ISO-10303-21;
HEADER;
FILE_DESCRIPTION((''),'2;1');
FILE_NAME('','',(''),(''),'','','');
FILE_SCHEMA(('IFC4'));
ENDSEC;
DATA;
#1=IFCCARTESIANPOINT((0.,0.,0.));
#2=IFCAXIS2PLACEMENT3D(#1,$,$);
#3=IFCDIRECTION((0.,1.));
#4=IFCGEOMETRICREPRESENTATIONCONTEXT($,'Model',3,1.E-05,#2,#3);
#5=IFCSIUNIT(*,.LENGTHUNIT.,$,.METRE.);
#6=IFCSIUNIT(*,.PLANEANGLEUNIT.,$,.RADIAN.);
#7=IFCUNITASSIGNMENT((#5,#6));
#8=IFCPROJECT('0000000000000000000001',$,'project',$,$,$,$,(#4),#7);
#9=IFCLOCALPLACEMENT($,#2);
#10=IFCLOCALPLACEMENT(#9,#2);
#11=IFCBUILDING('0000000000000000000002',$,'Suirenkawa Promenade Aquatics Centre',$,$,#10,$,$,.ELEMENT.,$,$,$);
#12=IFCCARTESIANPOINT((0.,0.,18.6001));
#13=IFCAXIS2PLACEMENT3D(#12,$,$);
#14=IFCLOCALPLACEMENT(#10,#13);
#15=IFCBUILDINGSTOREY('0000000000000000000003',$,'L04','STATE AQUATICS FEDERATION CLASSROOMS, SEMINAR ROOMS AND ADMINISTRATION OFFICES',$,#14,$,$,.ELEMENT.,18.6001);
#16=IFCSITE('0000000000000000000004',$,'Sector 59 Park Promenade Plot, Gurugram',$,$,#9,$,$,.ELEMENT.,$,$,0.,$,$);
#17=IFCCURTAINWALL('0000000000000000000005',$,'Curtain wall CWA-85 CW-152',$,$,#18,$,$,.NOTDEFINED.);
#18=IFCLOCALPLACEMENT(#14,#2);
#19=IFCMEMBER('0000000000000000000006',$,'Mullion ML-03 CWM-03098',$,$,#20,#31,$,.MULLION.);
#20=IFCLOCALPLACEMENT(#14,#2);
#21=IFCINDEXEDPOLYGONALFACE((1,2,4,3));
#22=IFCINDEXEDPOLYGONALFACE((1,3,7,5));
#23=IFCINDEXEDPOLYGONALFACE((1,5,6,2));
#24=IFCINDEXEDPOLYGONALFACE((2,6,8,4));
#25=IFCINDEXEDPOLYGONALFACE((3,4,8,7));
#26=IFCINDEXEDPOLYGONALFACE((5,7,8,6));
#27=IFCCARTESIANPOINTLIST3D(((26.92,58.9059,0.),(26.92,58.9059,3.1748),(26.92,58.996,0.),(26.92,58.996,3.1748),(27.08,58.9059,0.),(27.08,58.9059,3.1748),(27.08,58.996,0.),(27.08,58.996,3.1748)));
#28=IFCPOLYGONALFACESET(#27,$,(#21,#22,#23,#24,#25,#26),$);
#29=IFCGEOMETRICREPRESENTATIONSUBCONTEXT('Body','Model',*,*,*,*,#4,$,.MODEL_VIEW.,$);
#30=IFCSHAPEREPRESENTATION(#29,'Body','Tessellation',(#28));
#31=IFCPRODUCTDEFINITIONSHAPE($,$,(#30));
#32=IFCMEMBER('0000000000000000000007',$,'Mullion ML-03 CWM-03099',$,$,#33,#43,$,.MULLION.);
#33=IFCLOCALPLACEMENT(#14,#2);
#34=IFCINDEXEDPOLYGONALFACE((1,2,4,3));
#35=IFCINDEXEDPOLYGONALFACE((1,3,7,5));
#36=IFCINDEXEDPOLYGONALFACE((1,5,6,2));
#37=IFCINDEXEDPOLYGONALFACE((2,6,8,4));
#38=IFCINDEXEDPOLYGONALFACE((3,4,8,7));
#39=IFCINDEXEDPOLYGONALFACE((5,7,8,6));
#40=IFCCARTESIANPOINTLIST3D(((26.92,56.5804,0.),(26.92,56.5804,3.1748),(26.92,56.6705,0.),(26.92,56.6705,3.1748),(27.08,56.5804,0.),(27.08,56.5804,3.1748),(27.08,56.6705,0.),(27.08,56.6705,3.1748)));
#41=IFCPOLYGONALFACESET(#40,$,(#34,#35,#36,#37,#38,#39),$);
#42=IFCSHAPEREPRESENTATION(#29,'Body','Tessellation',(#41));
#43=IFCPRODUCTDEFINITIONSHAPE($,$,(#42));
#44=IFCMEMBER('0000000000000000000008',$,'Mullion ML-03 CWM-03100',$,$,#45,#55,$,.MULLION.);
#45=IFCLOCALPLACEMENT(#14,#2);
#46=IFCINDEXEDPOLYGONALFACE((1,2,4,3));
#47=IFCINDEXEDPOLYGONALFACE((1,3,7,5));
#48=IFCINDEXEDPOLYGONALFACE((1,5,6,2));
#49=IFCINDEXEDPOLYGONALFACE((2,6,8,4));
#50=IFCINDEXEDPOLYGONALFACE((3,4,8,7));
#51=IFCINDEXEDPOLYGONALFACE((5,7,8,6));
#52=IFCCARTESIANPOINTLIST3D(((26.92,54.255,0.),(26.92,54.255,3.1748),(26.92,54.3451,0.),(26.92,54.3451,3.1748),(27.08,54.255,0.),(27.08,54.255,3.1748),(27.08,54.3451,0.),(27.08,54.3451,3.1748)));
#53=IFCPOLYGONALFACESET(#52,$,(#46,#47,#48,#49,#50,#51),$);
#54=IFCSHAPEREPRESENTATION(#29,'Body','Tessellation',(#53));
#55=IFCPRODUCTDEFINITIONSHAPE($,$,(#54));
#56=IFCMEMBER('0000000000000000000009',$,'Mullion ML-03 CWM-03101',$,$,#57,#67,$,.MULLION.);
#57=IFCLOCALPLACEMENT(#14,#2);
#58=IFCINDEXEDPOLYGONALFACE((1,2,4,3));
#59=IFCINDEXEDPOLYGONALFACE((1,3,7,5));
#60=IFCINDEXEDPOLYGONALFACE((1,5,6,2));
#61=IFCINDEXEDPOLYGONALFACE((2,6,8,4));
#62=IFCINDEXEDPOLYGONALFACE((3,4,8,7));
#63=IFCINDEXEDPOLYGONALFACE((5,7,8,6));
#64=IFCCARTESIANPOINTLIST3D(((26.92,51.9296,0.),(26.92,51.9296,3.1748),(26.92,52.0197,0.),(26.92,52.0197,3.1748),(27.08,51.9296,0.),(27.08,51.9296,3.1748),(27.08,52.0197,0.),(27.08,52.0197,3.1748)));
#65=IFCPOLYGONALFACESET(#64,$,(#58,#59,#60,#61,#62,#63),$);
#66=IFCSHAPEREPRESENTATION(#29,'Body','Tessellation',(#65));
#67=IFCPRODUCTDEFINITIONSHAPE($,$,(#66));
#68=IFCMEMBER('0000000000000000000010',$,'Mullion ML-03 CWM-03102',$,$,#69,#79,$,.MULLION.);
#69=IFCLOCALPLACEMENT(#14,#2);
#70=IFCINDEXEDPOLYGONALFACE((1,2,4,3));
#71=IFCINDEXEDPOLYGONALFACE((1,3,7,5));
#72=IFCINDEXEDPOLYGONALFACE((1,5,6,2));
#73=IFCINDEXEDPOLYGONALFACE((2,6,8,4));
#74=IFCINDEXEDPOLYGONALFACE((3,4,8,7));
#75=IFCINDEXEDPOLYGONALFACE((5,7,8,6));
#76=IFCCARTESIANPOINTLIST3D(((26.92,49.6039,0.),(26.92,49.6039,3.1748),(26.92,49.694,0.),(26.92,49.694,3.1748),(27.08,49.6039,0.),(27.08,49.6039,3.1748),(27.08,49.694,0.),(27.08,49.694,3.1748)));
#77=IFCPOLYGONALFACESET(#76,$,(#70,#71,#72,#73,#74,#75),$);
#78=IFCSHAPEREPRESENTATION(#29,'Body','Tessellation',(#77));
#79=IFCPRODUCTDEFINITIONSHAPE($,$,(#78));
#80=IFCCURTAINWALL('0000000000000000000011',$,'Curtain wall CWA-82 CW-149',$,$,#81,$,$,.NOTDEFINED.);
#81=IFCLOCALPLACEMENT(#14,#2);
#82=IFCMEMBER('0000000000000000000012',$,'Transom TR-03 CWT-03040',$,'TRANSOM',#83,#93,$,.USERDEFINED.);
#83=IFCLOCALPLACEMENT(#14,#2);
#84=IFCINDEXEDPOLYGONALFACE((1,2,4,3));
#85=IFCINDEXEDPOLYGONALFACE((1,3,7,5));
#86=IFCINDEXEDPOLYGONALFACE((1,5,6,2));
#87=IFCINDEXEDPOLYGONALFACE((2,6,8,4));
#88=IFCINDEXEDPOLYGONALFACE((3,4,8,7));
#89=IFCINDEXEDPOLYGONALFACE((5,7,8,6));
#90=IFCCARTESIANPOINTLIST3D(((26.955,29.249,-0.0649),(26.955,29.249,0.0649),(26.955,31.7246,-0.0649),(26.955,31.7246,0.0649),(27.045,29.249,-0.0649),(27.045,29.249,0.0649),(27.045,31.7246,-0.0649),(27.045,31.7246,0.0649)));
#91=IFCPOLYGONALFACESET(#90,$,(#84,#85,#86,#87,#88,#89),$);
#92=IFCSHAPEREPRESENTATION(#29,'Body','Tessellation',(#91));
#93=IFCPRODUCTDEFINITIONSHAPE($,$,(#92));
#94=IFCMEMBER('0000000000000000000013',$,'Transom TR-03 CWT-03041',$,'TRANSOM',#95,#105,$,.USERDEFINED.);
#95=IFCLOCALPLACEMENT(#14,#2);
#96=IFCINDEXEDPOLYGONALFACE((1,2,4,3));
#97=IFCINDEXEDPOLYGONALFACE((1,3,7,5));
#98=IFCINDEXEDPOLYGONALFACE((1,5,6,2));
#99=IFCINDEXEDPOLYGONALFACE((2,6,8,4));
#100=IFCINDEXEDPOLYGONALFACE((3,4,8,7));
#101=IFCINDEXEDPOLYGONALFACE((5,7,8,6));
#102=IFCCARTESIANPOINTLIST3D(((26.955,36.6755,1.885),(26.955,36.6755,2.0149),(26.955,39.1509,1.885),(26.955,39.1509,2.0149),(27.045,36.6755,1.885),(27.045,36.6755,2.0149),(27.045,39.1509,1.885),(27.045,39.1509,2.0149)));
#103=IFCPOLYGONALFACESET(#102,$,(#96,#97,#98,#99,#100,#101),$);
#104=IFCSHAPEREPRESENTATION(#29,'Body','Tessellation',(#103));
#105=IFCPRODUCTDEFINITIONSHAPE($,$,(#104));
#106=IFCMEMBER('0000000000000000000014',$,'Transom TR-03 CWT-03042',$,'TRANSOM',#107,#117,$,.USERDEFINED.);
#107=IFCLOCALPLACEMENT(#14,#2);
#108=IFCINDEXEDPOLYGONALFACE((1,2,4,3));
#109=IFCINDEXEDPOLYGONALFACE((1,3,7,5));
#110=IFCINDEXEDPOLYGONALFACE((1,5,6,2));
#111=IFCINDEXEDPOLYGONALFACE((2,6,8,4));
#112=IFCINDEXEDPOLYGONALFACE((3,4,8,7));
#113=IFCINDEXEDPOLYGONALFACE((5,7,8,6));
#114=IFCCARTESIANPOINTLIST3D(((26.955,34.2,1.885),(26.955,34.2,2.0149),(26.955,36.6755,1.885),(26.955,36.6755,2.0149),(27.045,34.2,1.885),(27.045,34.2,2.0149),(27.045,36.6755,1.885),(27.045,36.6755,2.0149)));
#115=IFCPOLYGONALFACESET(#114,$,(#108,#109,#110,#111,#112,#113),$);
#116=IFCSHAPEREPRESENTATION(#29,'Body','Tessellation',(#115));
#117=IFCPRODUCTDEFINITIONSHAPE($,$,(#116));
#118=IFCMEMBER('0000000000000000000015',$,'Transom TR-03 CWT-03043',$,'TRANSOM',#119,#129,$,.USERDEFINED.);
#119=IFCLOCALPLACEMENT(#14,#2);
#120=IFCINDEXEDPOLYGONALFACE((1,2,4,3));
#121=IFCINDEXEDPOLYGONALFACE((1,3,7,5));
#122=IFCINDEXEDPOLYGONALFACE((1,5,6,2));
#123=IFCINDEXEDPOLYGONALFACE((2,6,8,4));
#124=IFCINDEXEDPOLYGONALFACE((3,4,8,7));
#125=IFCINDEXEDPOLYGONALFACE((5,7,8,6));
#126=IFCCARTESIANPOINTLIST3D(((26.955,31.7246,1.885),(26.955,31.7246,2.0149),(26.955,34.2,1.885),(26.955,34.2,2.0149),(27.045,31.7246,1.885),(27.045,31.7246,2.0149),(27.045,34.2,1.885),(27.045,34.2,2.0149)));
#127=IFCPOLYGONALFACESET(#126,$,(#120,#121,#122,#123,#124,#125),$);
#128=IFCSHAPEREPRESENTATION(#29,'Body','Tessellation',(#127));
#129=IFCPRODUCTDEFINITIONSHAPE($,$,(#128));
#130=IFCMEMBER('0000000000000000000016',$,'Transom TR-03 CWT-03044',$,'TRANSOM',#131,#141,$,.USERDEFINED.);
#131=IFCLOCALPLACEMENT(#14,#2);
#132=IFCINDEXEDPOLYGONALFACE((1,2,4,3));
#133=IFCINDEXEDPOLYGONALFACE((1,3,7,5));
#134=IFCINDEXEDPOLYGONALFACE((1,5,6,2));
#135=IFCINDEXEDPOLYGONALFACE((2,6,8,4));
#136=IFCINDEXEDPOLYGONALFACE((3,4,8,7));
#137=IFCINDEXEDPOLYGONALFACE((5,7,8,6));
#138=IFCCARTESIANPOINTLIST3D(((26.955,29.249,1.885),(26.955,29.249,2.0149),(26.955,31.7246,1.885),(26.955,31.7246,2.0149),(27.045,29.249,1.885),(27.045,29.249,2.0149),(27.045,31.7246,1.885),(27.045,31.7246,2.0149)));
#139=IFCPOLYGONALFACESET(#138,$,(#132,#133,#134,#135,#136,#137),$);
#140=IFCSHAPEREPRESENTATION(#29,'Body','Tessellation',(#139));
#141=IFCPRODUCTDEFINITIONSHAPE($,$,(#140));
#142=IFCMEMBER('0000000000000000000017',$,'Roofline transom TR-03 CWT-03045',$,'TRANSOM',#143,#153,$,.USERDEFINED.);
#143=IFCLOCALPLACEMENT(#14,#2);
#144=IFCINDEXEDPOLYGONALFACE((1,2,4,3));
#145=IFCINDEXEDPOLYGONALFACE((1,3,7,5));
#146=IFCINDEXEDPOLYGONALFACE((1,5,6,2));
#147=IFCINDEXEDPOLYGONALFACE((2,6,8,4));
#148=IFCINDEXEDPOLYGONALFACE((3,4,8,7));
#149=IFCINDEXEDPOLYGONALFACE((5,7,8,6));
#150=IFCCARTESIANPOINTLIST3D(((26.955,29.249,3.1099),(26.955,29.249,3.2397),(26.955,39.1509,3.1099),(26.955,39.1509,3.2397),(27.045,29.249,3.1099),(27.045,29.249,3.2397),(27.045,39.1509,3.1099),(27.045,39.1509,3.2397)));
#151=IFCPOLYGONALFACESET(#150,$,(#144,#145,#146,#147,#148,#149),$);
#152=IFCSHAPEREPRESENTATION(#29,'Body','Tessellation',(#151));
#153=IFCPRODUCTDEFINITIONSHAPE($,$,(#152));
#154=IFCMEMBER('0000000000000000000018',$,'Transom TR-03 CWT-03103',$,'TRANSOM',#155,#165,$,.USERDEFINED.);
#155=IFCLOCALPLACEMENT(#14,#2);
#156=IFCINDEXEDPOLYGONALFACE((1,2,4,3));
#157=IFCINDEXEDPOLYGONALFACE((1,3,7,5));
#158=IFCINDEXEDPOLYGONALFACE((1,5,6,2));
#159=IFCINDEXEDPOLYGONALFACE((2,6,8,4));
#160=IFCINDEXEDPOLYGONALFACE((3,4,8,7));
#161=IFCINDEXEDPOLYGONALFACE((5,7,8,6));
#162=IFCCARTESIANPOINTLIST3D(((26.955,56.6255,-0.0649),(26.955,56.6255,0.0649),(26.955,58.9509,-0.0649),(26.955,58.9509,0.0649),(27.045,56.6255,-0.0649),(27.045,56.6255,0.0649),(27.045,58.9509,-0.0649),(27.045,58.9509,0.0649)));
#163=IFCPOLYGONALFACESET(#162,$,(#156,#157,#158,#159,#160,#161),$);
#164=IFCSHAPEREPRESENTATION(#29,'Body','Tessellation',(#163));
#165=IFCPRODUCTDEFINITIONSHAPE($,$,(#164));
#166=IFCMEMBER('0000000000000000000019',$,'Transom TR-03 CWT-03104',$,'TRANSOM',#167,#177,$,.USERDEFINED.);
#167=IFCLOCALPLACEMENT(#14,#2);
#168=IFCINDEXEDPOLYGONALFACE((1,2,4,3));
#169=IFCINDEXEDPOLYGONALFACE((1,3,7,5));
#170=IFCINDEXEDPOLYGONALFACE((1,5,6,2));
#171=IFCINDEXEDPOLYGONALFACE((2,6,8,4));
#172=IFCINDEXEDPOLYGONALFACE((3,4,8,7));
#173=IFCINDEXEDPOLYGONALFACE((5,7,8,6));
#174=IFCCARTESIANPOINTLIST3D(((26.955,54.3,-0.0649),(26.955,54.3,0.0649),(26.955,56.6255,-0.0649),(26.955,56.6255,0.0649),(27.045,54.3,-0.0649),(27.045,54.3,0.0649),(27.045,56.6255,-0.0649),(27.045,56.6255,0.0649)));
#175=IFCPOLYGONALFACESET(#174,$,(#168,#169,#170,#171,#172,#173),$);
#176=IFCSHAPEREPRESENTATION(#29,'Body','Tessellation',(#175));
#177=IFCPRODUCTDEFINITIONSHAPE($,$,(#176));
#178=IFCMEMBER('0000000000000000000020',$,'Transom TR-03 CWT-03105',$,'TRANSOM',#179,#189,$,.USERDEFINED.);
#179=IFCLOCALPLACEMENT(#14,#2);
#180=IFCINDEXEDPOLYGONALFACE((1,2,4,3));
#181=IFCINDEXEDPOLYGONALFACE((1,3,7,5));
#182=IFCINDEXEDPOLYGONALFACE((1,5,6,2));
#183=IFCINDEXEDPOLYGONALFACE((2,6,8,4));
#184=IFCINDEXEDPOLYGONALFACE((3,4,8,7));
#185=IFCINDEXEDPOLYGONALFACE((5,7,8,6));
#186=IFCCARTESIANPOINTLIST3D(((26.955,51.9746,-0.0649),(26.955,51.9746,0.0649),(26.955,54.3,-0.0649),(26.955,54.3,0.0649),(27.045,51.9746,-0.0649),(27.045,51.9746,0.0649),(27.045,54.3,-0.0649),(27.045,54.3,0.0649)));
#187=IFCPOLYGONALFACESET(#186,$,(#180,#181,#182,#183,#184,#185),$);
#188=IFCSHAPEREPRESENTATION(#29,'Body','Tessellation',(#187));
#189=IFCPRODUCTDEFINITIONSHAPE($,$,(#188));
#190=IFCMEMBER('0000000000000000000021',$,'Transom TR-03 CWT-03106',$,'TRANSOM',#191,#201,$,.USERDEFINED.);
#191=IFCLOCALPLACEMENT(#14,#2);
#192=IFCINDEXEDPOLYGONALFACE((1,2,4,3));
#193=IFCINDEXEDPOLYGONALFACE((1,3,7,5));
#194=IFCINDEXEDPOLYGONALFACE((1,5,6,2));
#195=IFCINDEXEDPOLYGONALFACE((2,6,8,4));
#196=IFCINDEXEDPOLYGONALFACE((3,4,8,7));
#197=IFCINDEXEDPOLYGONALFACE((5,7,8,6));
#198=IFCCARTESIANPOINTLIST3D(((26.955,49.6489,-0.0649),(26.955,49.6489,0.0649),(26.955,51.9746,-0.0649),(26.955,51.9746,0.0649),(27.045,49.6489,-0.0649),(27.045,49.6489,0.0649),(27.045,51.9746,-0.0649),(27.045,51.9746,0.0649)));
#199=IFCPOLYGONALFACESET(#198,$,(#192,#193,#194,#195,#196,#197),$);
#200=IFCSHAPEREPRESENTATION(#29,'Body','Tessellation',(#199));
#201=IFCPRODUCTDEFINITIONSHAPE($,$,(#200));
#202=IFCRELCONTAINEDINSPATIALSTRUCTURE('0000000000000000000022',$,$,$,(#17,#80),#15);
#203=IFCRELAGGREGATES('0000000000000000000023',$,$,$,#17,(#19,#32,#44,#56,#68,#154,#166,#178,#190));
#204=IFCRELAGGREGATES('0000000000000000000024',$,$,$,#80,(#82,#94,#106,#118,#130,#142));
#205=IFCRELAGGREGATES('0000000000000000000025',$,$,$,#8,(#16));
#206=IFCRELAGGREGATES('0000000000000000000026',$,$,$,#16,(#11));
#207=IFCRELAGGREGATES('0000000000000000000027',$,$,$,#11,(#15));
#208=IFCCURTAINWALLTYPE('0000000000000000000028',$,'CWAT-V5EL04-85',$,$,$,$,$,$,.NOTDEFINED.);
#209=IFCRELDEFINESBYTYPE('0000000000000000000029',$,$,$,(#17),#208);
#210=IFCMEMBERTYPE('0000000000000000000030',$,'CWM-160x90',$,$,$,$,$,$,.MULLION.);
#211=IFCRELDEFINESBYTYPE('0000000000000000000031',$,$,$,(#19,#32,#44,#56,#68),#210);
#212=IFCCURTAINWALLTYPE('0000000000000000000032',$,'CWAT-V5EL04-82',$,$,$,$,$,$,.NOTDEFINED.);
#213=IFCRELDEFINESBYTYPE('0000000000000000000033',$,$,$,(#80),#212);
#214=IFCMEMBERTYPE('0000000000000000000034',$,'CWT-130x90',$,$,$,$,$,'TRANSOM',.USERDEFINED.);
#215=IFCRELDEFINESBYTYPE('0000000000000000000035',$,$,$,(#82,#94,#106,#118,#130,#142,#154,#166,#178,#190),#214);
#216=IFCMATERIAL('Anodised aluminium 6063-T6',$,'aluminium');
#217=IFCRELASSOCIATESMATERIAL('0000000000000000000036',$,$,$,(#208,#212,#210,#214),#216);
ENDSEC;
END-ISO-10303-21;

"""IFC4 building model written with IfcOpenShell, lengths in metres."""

from ifc_helpers import new_model, si_unit, direction, frame, origin, origin_2d, place, context, subcontext, project, spatial, rectangle, extrude, material, material_profile, profile_set, type_object, element, aggregate, save


model = new_model("IFC4")

# Units and contexts
model_context = context("Model", 3, precision=1e-05, world=origin(), true_north=direction((0.0, 1.0)))
body_context = subcontext(model_context, "Body", "Model", "MODEL_VIEW")
ifc_project = project(units=[si_unit("LENGTHUNIT", "METRE"), si_unit("PLANEANGLEUNIT", "RADIAN")], contexts=[model_context])

# Site, building, storey
site_placement = place(None, origin())
site = spatial("IfcSite", under=ifc_project, at=site_placement, Name="Sector 59 Park Promenade Plot, Gurugram", CompositionType="ELEMENT", RefElevation=0.0)
building_placement = place(site_placement, origin())
building = spatial("IfcBuilding", under=site, at=building_placement, Name="Suirenkawa Promenade Aquatics Centre", CompositionType="ELEMENT")
storey_placement = place(building_placement, frame((0.0, 0.0, 18.6001)))
storey = spatial("IfcBuildingStorey", under=building, at=storey_placement, Name="L04", Description="STATE AQUATICS FEDERATION CLASSROOMS, SEMINAR ROOMS AND ADMINISTRATION OFFICES", CompositionType="ELEMENT", Elevation=18.6001)

# Curtain walls, members
ifc_material_1 = material(Name="Anodised aluminium 6063-T6", Category="aluminium")
curtain_wall_type_1 = type_object("IfcCurtainWallType", Name="CWAT-V5EL04-85", PredefinedType="NOTDEFINED", material=ifc_material_1)
curtain_wall_1_placement = place(storey_placement, origin())
curtain_wall_1 = element("IfcCurtainWall", 1, at=curtain_wall_1_placement, inside=storey, type_object=curtain_wall_type_1, Name="Curtain wall CWA-85 CW-152", PredefinedType="NOTDEFINED")
ifc_material_profile_1 = material_profile(ifc_material_1, rectangle(XDim=0.0901, YDim=0.1599, at=origin_2d()), Name="ALU MULL 90x160", Category="aluminium")
ifc_profile_set_1 = profile_set([ifc_material_profile_1], Name="Anodised aluminium 6063-T6")
member_type_1 = type_object("IfcMemberType", Name="CWM-160x90", PredefinedType="MULLION", material=ifc_profile_set_1)
member_1_placement = place(storey_placement, frame((27.0, 58.9509, 0.0), z_axis=(0.0, 0.0, 1.0), x_axis=(0.0, -1.0, 0.0)))
member_1 = element("IfcMember", 2, at=member_1_placement, type_object=member_type_1, Name="Mullion ML-03 CWM-03098", PredefinedType="MULLION", context=body_context, shape_type="SweptSolid", body=[
    extrude(rectangle(XDim=0.0901, YDim=0.1599, at=origin_2d()), origin(), (0.0, 0.0, 1.0), 3.1748),
])
member_2_placement = place(storey_placement, frame((27.0, 56.6255, 0.0), z_axis=(0.0, 0.0, 1.0), x_axis=(0.0, -1.0, 0.0)))
member_2 = element("IfcMember", 3, at=member_2_placement, type_object=member_type_1, Name="Mullion ML-03 CWM-03099", PredefinedType="MULLION", context=body_context, shape_type="SweptSolid", body=[
    extrude(rectangle(XDim=0.0901, YDim=0.1599, at=origin_2d()), origin(), (0.0, 0.0, 1.0), 3.1748),
])
member_3_placement = place(storey_placement, frame((27.0, 54.3, 0.0), z_axis=(0.0, 0.0, 1.0), x_axis=(0.0, -1.0, 0.0)))
member_3 = element("IfcMember", 4, at=member_3_placement, type_object=member_type_1, Name="Mullion ML-03 CWM-03100", PredefinedType="MULLION", context=body_context, shape_type="SweptSolid", body=[
    extrude(rectangle(XDim=0.0901, YDim=0.1599, at=origin_2d()), origin(), (0.0, 0.0, 1.0), 3.1748),
])
member_4_placement = place(storey_placement, frame((27.0, 51.9746, 0.0), z_axis=(0.0, 0.0, 1.0), x_axis=(0.0, -1.0, 0.0)))
member_4 = element("IfcMember", 5, at=member_4_placement, type_object=member_type_1, Name="Mullion ML-03 CWM-03101", PredefinedType="MULLION", context=body_context, shape_type="SweptSolid", body=[
    extrude(rectangle(XDim=0.0901, YDim=0.1599, at=origin_2d()), origin(), (0.0, 0.0, 1.0), 3.1748),
])
member_5_placement = place(storey_placement, frame((27.0, 49.6489, 0.0), z_axis=(0.0, 0.0, 1.0), x_axis=(0.0, -1.0, 0.0)))
member_5 = element("IfcMember", 6, at=member_5_placement, type_object=member_type_1, Name="Mullion ML-03 CWM-03102", PredefinedType="MULLION", context=body_context, shape_type="SweptSolid", body=[
    extrude(rectangle(XDim=0.0901, YDim=0.1599, at=origin_2d()), origin(), (0.0, 0.0, 1.0), 3.1748),
])
curtain_wall_type_2 = type_object("IfcCurtainWallType", Name="CWAT-V5EL04-82", PredefinedType="NOTDEFINED", material=ifc_material_1)
curtain_wall_2_placement = place(storey_placement, origin())
curtain_wall_2 = element("IfcCurtainWall", 7, at=curtain_wall_2_placement, inside=storey, type_object=curtain_wall_type_2, Name="Curtain wall CWA-82 CW-149", PredefinedType="NOTDEFINED")
ifc_material_profile_2 = material_profile(ifc_material_1, rectangle(XDim=0.0901, YDim=0.1299, at=origin_2d()), Name="ALU TRAN 90x130", Category="aluminium")
ifc_profile_set_2 = profile_set([ifc_material_profile_2], Name="Anodised aluminium 6063-T6")
member_type_2 = type_object("IfcMemberType", Name="CWT-130x90", ElementType="TRANSOM", PredefinedType="USERDEFINED", material=ifc_profile_set_2)
member_6_placement = place(storey_placement, frame((27.0, 31.7246, 0.0), z_axis=(0.0, -1.0, 0.0), x_axis=(1.0, 0.0, 0.0)))
member_6 = element("IfcMember", 8, at=member_6_placement, type_object=member_type_2, Name="Transom TR-03 CWT-03040", ObjectType="TRANSOM", PredefinedType="USERDEFINED", context=body_context, shape_type="SweptSolid", body=[
    extrude(rectangle(XDim=0.0901, YDim=0.1299, at=origin_2d()), origin(), (0.0, 0.0, 1.0), 2.4756),
])
member_7_placement = place(storey_placement, frame((27.0, 39.1509, 1.95), z_axis=(0.0, -1.0, 0.0), x_axis=(1.0, 0.0, 0.0)))
member_7 = element("IfcMember", 9, at=member_7_placement, type_object=member_type_2, Name="Transom TR-03 CWT-03041", ObjectType="TRANSOM", PredefinedType="USERDEFINED", context=body_context, shape_type="SweptSolid", body=[
    extrude(rectangle(XDim=0.0901, YDim=0.1299, at=origin_2d()), origin(), (0.0, 0.0, 1.0), 2.4753),
])
member_8_placement = place(storey_placement, frame((27.0, 36.6755, 1.95), z_axis=(0.0, -1.0, 0.0), x_axis=(1.0, 0.0, 0.0)))
member_8 = element("IfcMember", 10, at=member_8_placement, type_object=member_type_2, Name="Transom TR-03 CWT-03042", ObjectType="TRANSOM", PredefinedType="USERDEFINED", context=body_context, shape_type="SweptSolid", body=[
    extrude(rectangle(XDim=0.0901, YDim=0.1299, at=origin_2d()), origin(), (0.0, 0.0, 1.0), 2.4756),
])
member_9_placement = place(storey_placement, frame((27.0, 34.2, 1.95), z_axis=(0.0, -1.0, 0.0), x_axis=(1.0, 0.0, 0.0)))
member_9 = element("IfcMember", 11, at=member_9_placement, type_object=member_type_2, Name="Transom TR-03 CWT-03043", ObjectType="TRANSOM", PredefinedType="USERDEFINED", context=body_context, shape_type="SweptSolid", body=[
    extrude(rectangle(XDim=0.0901, YDim=0.1299, at=origin_2d()), origin(), (0.0, 0.0, 1.0), 2.4753),
])
member_10_placement = place(storey_placement, frame((27.0, 31.7246, 1.95), z_axis=(0.0, -1.0, 0.0), x_axis=(1.0, 0.0, 0.0)))
member_10 = element("IfcMember", 12, at=member_10_placement, type_object=member_type_2, Name="Transom TR-03 CWT-03044", ObjectType="TRANSOM", PredefinedType="USERDEFINED", context=body_context, shape_type="SweptSolid", body=[
    extrude(rectangle(XDim=0.0901, YDim=0.1299, at=origin_2d()), origin(), (0.0, 0.0, 1.0), 2.4756),
])
member_11_placement = place(storey_placement, frame((27.0, 39.1509, 3.1748), z_axis=(0.0, -1.0, 0.0), x_axis=(1.0, 0.0, 0.0)))
member_11 = element("IfcMember", 13, at=member_11_placement, type_object=member_type_2, Name="Roofline transom TR-03 CWT-03045", ObjectType="TRANSOM", PredefinedType="USERDEFINED", context=body_context, shape_type="SweptSolid", body=[
    extrude(rectangle(XDim=0.0901, YDim=0.1299, at=origin_2d()), origin(), (0.0, 0.0, 1.0), 9.9019),
])

# Members
member_12_placement = place(storey_placement, frame((27.0, 58.9509, 0.0), z_axis=(0.0, -1.0, 0.0), x_axis=(1.0, 0.0, 0.0)))
member_12 = element("IfcMember", 14, at=member_12_placement, type_object=member_type_2, Name="Transom TR-03 CWT-03103", ObjectType="TRANSOM", PredefinedType="USERDEFINED", context=body_context, shape_type="SweptSolid", body=[
    extrude(rectangle(XDim=0.0901, YDim=0.1299, at=origin_2d()), origin(), (0.0, 0.0, 1.0), 2.3254),
])
member_13_placement = place(storey_placement, frame((27.0, 56.6255, 0.0), z_axis=(0.0, -1.0, 0.0), x_axis=(1.0, 0.0, 0.0)))
member_13 = element("IfcMember", 15, at=member_13_placement, type_object=member_type_2, Name="Transom TR-03 CWT-03104", ObjectType="TRANSOM", PredefinedType="USERDEFINED", context=body_context, shape_type="SweptSolid", body=[
    extrude(rectangle(XDim=0.0901, YDim=0.1299, at=origin_2d()), origin(), (0.0, 0.0, 1.0), 2.3254),
])
member_14_placement = place(storey_placement, frame((27.0, 54.3, 0.0), z_axis=(0.0, -1.0, 0.0), x_axis=(1.0, 0.0, 0.0)))
member_14 = element("IfcMember", 16, at=member_14_placement, type_object=member_type_2, Name="Transom TR-03 CWT-03105", ObjectType="TRANSOM", PredefinedType="USERDEFINED", context=body_context, shape_type="SweptSolid", body=[
    extrude(rectangle(XDim=0.0901, YDim=0.1299, at=origin_2d()), origin(), (0.0, 0.0, 1.0), 2.3254),
])
member_15_placement = place(storey_placement, frame((27.0, 51.9746, 0.0), z_axis=(0.0, -1.0, 0.0), x_axis=(1.0, 0.0, 0.0)))
member_15 = element("IfcMember", 17, at=member_15_placement, type_object=member_type_2, Name="Transom TR-03 CWT-03106", ObjectType="TRANSOM", PredefinedType="USERDEFINED", context=body_context, shape_type="SweptSolid", body=[
    extrude(rectangle(XDim=0.0901, YDim=0.1299, at=origin_2d()), origin(), (0.0, 0.0, 1.0), 2.3257),
])
aggregate(curtain_wall_1, [member_1, member_2, member_3, member_4, member_5, member_12, member_13, member_14, member_15])

aggregate(curtain_wall_2, [member_6, member_7, member_8, member_9, member_10, member_11])

save(model, "model.ifc")
